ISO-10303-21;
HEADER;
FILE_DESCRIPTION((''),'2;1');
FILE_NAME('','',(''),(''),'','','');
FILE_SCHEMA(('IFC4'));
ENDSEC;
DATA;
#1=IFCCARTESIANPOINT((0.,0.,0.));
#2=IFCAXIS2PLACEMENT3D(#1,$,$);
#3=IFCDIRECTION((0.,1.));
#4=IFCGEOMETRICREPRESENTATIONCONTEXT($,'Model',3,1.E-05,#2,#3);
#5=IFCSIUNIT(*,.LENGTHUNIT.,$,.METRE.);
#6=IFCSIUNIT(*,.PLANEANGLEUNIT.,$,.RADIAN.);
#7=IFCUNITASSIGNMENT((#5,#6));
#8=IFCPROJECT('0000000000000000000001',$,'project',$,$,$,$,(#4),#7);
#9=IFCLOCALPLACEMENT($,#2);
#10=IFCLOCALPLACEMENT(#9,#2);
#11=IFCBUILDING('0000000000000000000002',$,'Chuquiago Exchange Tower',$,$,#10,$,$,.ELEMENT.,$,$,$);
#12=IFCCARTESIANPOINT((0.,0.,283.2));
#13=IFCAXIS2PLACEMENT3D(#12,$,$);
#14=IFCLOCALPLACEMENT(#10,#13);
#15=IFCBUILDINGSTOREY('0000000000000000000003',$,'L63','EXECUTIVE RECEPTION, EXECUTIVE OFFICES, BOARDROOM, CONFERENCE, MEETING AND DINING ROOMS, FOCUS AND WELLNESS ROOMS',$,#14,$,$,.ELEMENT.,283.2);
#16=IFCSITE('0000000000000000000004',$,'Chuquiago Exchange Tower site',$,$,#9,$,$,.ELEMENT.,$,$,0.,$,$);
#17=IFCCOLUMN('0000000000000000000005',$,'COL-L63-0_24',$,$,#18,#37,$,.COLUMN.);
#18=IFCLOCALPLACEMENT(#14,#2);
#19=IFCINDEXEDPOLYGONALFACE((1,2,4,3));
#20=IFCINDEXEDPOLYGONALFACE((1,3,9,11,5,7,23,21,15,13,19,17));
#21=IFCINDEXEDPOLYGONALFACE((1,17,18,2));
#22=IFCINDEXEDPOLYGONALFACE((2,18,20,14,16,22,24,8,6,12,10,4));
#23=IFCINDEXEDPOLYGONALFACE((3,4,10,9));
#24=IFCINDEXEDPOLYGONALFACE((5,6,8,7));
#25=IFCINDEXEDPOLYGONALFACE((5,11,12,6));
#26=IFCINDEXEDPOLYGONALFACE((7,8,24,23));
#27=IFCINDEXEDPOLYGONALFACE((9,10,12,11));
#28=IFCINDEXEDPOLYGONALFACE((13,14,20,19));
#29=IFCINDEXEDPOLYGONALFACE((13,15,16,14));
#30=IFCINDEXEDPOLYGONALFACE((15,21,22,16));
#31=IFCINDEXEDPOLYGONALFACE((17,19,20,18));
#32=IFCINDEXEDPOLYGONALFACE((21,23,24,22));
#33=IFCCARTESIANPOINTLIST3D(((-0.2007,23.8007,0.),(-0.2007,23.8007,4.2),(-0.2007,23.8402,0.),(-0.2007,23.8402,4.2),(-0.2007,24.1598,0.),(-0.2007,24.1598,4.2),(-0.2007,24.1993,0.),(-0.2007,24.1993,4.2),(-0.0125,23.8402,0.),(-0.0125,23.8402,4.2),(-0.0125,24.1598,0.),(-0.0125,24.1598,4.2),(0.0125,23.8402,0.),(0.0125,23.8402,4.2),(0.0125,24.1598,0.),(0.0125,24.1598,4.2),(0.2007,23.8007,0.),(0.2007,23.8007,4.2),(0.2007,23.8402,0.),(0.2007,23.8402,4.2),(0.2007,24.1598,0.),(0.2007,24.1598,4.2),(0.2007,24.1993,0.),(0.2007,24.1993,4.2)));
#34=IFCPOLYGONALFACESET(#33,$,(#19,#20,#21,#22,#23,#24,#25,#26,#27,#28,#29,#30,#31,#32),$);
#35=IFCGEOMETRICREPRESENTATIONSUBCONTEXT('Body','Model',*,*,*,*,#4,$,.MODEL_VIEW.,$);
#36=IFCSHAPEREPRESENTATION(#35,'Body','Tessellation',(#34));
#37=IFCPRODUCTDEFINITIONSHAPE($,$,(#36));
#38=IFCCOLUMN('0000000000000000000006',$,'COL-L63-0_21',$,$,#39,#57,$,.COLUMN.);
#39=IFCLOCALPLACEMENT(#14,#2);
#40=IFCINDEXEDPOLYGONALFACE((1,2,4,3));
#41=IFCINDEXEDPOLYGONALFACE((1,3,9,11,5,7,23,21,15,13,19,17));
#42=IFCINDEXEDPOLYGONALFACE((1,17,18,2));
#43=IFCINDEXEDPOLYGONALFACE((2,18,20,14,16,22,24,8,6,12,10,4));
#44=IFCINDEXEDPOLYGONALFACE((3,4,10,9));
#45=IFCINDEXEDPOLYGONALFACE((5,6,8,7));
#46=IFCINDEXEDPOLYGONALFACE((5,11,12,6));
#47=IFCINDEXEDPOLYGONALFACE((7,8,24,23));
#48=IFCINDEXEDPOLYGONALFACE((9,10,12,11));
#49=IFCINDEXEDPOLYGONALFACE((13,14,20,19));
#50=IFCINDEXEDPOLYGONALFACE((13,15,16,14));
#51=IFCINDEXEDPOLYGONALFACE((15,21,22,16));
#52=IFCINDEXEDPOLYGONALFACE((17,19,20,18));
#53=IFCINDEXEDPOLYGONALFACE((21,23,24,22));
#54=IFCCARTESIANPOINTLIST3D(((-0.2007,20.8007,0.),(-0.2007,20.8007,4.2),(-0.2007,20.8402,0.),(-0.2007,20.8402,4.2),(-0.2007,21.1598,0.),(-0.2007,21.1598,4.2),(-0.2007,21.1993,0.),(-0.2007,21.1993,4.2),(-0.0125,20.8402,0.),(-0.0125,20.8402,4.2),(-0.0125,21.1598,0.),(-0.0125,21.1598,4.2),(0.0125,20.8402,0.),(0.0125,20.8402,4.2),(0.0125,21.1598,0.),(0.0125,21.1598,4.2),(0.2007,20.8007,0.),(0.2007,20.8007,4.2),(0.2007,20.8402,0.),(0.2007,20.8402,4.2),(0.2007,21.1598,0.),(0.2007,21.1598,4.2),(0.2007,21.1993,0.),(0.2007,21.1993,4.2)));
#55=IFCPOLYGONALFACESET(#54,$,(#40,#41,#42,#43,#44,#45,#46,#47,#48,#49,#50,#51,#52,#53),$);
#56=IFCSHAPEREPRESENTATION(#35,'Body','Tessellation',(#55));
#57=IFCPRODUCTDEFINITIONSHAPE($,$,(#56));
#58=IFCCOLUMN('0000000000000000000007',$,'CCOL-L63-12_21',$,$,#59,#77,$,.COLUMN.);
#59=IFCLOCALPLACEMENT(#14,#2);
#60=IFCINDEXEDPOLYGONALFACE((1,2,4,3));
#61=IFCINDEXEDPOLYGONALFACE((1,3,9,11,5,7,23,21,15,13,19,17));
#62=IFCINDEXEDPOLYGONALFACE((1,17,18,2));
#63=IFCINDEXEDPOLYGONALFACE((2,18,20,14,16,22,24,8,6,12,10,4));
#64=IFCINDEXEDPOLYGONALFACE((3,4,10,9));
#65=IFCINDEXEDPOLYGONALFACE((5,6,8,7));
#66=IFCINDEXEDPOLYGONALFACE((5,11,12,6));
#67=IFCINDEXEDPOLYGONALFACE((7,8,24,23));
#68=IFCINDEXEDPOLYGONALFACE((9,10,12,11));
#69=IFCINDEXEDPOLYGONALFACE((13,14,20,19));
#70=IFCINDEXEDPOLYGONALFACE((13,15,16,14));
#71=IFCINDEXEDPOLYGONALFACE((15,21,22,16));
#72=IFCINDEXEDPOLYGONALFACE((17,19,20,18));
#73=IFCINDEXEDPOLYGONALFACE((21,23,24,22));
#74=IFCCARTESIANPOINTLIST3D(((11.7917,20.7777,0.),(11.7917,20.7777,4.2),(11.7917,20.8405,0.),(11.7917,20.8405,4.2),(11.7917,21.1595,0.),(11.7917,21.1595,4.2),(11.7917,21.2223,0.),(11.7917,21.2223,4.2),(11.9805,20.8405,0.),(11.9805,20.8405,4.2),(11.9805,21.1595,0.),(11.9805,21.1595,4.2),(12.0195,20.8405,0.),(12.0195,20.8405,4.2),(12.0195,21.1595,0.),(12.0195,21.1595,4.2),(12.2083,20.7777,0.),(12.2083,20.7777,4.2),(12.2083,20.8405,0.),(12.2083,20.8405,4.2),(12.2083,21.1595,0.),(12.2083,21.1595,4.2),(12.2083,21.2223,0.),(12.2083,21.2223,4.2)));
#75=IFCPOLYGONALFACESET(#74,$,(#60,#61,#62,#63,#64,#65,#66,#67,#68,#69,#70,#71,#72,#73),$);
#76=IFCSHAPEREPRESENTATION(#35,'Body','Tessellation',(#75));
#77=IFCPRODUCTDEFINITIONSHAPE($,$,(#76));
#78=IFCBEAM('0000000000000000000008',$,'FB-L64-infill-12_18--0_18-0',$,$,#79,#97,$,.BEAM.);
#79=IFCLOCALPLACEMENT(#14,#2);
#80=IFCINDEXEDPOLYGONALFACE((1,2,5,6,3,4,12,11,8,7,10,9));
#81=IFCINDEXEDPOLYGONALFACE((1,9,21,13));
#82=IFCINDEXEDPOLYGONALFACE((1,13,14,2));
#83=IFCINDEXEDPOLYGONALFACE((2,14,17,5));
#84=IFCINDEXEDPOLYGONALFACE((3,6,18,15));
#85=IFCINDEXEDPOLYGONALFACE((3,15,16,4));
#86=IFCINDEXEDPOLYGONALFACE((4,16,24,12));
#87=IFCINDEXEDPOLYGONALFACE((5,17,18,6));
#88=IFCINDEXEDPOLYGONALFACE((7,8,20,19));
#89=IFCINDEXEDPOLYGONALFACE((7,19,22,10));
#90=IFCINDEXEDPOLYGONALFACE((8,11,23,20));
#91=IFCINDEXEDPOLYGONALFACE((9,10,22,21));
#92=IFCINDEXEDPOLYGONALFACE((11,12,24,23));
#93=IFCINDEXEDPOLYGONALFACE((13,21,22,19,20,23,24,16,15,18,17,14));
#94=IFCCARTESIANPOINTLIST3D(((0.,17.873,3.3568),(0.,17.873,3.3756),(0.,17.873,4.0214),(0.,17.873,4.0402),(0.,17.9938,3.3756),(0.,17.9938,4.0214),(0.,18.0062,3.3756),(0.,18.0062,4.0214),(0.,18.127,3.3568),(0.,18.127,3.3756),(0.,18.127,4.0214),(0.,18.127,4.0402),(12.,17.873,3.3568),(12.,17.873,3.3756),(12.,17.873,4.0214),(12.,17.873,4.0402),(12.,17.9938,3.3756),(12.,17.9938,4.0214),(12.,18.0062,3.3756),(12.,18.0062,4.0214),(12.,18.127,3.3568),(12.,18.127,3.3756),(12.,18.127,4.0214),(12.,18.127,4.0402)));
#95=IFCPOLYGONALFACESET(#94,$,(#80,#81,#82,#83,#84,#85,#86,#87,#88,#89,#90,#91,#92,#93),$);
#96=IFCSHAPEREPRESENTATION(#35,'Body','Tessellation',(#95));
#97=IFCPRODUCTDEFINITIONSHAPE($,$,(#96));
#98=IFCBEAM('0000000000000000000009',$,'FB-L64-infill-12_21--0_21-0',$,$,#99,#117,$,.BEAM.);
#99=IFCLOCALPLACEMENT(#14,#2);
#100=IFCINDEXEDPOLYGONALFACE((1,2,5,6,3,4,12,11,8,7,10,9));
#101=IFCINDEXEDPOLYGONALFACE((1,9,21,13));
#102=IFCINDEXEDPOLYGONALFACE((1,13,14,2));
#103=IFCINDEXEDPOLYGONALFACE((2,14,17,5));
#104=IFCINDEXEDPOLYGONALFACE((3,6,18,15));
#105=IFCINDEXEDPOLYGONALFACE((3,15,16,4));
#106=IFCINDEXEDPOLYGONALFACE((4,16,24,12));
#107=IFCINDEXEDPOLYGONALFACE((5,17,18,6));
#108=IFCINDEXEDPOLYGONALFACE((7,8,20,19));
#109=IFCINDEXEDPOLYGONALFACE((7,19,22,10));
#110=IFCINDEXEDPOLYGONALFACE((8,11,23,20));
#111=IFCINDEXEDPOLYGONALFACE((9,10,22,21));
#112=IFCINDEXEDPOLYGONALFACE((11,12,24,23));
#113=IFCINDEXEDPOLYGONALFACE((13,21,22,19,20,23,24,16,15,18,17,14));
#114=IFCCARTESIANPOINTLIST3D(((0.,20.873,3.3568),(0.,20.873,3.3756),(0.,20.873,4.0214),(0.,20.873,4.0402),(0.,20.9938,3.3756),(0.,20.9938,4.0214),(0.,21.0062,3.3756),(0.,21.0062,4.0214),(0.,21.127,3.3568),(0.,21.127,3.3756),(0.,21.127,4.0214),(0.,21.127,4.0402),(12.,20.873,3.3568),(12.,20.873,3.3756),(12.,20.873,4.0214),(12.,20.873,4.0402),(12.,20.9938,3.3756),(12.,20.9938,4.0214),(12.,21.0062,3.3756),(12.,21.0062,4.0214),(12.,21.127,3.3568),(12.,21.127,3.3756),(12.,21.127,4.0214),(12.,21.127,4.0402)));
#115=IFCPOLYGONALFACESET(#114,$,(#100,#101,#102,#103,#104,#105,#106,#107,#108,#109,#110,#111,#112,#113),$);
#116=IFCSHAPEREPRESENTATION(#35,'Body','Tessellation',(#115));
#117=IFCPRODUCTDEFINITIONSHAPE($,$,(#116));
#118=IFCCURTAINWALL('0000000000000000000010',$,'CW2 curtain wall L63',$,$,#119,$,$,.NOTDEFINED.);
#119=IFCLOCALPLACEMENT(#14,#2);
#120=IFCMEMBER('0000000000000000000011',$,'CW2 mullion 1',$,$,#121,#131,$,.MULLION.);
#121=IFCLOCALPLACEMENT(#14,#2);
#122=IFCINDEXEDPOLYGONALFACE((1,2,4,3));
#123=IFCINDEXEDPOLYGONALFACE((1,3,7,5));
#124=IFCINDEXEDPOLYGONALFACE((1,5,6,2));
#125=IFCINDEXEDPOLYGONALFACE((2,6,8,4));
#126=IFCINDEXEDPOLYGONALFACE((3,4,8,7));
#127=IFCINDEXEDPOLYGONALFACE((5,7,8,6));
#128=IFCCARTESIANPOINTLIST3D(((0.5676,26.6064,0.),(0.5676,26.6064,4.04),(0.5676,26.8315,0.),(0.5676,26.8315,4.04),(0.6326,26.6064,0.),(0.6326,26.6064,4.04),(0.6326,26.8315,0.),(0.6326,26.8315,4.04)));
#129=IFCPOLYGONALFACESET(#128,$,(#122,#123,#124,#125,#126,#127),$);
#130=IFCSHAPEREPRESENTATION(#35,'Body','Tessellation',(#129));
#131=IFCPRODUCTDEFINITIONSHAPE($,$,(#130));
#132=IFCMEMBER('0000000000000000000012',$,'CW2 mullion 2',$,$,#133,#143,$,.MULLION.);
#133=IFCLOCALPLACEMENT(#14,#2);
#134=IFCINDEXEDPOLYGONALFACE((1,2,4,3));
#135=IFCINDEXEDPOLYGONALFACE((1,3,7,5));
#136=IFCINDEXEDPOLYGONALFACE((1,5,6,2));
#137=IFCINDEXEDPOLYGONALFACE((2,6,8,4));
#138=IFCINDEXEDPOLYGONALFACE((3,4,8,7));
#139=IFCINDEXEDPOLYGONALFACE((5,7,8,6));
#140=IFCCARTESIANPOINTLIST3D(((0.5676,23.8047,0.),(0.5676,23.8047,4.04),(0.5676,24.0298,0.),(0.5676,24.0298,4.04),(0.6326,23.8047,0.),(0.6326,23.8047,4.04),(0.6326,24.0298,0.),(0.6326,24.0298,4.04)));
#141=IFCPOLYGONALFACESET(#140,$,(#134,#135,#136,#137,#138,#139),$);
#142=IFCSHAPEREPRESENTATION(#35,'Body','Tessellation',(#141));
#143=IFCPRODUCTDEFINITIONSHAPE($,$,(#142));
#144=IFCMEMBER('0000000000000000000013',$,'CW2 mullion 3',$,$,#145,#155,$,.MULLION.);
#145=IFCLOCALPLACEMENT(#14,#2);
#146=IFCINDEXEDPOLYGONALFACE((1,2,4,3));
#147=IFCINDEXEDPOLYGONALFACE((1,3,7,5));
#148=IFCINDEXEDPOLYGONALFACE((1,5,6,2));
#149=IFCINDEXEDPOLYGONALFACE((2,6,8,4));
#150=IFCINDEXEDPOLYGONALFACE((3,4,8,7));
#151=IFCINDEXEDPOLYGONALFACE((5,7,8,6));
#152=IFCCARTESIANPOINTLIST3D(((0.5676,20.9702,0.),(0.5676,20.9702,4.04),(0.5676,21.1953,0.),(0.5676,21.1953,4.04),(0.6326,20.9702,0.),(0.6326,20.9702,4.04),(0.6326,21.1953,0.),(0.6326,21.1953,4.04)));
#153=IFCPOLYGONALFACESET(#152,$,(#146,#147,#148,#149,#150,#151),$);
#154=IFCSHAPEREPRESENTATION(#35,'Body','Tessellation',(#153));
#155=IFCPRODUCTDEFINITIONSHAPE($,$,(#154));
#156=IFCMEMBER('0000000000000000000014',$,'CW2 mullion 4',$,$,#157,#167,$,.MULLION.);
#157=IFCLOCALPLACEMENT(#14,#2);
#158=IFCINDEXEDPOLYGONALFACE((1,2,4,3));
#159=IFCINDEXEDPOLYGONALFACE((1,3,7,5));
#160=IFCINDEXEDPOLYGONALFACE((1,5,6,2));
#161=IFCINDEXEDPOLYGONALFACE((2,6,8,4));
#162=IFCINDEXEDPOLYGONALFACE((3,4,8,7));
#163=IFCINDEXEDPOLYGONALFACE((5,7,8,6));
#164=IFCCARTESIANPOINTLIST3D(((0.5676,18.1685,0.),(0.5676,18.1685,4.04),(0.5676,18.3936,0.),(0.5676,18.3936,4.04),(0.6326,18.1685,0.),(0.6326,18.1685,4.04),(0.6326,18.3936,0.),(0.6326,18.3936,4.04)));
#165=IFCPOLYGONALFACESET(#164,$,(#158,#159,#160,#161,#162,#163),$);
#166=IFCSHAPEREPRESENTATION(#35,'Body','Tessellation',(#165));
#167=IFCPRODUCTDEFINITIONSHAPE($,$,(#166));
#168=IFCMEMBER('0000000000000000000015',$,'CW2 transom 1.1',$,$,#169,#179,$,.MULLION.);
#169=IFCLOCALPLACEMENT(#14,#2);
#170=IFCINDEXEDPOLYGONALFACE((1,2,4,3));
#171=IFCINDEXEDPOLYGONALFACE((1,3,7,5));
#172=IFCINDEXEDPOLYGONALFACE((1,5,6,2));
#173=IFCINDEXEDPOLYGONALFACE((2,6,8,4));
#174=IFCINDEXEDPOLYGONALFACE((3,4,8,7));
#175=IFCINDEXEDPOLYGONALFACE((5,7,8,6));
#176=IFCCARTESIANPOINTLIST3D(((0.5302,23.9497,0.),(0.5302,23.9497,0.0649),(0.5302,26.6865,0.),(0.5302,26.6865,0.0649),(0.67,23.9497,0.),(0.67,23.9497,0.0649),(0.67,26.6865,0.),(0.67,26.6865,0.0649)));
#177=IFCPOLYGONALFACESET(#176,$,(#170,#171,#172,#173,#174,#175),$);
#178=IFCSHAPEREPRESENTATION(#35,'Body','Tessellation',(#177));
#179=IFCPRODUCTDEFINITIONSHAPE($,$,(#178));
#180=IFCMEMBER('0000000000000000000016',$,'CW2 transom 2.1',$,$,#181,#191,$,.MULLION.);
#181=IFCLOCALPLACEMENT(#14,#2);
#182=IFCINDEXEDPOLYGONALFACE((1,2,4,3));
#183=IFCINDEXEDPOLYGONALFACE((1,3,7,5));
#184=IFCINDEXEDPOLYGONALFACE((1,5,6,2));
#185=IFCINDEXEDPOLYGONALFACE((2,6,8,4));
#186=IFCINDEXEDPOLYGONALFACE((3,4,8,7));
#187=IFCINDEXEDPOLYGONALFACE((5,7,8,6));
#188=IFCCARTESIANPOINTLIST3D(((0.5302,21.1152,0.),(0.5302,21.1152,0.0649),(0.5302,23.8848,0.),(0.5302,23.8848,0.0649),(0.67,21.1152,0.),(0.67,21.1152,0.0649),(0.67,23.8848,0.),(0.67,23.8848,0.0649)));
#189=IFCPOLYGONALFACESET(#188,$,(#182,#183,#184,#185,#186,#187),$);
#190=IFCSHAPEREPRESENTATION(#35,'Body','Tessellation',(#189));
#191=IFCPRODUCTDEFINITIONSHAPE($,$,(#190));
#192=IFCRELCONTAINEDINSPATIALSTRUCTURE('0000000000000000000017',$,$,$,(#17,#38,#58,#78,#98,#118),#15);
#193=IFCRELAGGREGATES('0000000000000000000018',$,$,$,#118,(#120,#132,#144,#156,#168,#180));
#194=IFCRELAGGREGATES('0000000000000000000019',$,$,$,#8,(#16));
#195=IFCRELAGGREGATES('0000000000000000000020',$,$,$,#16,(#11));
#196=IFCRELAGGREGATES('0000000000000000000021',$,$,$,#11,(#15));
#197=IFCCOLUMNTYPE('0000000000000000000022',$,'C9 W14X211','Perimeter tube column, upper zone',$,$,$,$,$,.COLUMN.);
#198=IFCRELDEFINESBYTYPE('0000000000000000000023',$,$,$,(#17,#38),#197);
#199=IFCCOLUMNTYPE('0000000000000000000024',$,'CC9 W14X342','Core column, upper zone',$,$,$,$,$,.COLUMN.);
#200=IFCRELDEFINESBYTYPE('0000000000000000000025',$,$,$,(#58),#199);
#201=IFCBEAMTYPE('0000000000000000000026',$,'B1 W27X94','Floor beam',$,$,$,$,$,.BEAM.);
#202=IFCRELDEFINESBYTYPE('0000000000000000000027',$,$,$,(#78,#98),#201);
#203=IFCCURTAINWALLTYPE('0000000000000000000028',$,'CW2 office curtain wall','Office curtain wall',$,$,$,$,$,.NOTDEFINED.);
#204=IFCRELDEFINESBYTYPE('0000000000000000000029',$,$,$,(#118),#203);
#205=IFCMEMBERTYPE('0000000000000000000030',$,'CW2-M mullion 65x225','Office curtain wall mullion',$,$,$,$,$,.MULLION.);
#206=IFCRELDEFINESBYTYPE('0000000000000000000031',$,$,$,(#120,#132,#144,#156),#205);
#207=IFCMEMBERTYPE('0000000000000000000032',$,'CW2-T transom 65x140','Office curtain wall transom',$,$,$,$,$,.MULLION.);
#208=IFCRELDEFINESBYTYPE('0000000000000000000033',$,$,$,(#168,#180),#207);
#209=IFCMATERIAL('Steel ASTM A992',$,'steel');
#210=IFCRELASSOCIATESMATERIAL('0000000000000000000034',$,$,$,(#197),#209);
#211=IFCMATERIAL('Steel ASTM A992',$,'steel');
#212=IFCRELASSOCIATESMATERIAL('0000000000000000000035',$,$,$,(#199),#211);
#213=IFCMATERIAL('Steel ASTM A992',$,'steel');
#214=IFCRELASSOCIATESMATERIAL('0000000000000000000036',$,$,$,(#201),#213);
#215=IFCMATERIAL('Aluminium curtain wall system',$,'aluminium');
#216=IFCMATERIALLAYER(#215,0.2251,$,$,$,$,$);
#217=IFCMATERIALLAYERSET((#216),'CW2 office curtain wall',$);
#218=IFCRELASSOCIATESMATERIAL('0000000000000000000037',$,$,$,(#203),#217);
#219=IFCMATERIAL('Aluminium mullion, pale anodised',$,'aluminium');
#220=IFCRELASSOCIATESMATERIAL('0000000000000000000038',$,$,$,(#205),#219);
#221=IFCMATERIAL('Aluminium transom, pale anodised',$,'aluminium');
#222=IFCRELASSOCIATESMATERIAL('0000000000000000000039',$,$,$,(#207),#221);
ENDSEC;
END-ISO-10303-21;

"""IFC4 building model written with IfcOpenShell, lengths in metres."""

from ifc_helpers import new_model, si_unit, direction, frame, origin, origin_2d, place, context, subcontext, project, spatial, rectangle, i_section, extrude, material, layer, layer_set, material_profile, profile_set, type_object, element, aggregate, save


model = new_model("IFC4")

# Units and contexts
model_context = context("Model", 3, precision=1e-05, world=origin(), true_north=direction((0.0, 1.0)))
body_context = subcontext(model_context, "Body", "Model", "MODEL_VIEW")
ifc_project = project(units=[si_unit("LENGTHUNIT", "METRE"), si_unit("PLANEANGLEUNIT", "RADIAN")], contexts=[model_context])

# Site, building, storey
site_placement = place(None, origin())
site = spatial("IfcSite", under=ifc_project, at=site_placement, Name="Chuquiago Exchange Tower site", CompositionType="ELEMENT", RefElevation=0.0)
building_placement = place(site_placement, origin())
building = spatial("IfcBuilding", under=site, at=building_placement, Name="Chuquiago Exchange Tower", CompositionType="ELEMENT")
storey_placement = place(building_placement, frame((0.0, 0.0, 283.2)))
storey = spatial("IfcBuildingStorey", under=building, at=storey_placement, Name="L63", Description="EXECUTIVE RECEPTION, EXECUTIVE OFFICES, BOARDROOM, CONFERENCE, MEETING AND DINING ROOMS, FOCUS AND WELLNESS ROOMS", CompositionType="ELEMENT", Elevation=283.2)

# Columns
ifc_material_1 = material(Name="Steel ASTM A992", Category="steel")
ifc_material_profile_1 = material_profile(ifc_material_1, i_section(OverallWidth=0.4014, OverallDepth=0.3987, WebThickness=0.0249, FlangeThickness=0.0396, at=origin_2d()), Name="W14X211")
ifc_profile_set_1 = profile_set([ifc_material_profile_1], Name="Steel ASTM A992")
column_type_1 = type_object("IfcColumnType", Name="C9 W14X211", Description="Perimeter tube column, upper zone", PredefinedType="COLUMN", material=ifc_profile_set_1)
for number, where, z_axis, x_axis, name in (
    (1, (0.0, 24.0, 0.0), (0.0, 0.0, 1.0), (-1.0, 0.0, 0.0), "COL-L63-0_24"),
    (2, (0.0, 21.0, 0.0), (0.0, 0.0, 1.0), (-1.0, 0.0, 0.0), "COL-L63-0_21"),
):
    element("IfcColumn", number, at=place(storey_placement, frame(where, z_axis=z_axis, x_axis=x_axis)), inside=storey, type_object=column_type_1, Name=name, PredefinedType="COLUMN", context=body_context, shape_type="SweptSolid", body=[
        extrude(i_section(OverallWidth=0.4014, OverallDepth=0.3987, WebThickness=0.0249, FlangeThickness=0.0396, at=origin_2d()), origin(), (0.0, 0.0, 1.0), 4.2),
    ])
ifc_material_2 = material(Name="Steel ASTM A992", Category="steel")
ifc_material_profile_2 = material_profile(ifc_material_2, i_section(OverallWidth=0.4165, OverallDepth=0.4446, WebThickness=0.0391, FlangeThickness=0.0627, at=origin_2d()), Name="W14X342")
ifc_profile_set_2 = profile_set([ifc_material_profile_2], Name="Steel ASTM A992")
column_type_2 = type_object("IfcColumnType", Name="CC9 W14X342", Description="Core column, upper zone", PredefinedType="COLUMN", material=ifc_profile_set_2)
column_placement = place(storey_placement, frame((12.0, 21.0, 0.0), z_axis=(0.0, 0.0, 1.0), x_axis=(1.0, 0.0, 0.0)))
element("IfcColumn", 3, at=column_placement, inside=storey, type_object=column_type_2, Name="CCOL-L63-12_21", PredefinedType="COLUMN", context=body_context, shape_type="SweptSolid", body=[
    extrude(i_section(OverallWidth=0.4165, OverallDepth=0.4446, WebThickness=0.0391, FlangeThickness=0.0627, at=origin_2d()), origin(), (0.0, 0.0, 1.0), 4.2),
])

# Beams
ifc_material_3 = material(Name="Steel ASTM A992", Category="steel")
ifc_material_profile_3 = material_profile(ifc_material_3, i_section(OverallWidth=0.2539, OverallDepth=0.6833, WebThickness=0.0125, FlangeThickness=0.0188, at=origin_2d()), Name="W27X94")
ifc_profile_set_3 = profile_set([ifc_material_profile_3], Name="Steel ASTM A992")
beam_type_1 = type_object("IfcBeamType", Name="B1 W27X94", Description="Floor beam", PredefinedType="BEAM", material=ifc_profile_set_3)
for number, where, z_axis, x_axis, name in (
    (4, (12.0, 18.0, 3.6985), (-1.0, 0.0, 0.0), (0.0, -1.0, 0.0), "FB-L64-infill-12_18--0_18-0"),
    (5, (12.0, 21.0, 3.6985), (-1.0, 0.0, 0.0), (0.0, -1.0, 0.0), "FB-L64-infill-12_21--0_21-0"),
):
    element("IfcBeam", number, at=place(storey_placement, frame(where, z_axis=z_axis, x_axis=x_axis)), inside=storey, type_object=beam_type_1, Name=name, PredefinedType="BEAM", context=body_context, shape_type="SweptSolid", body=[
        extrude(i_section(OverallWidth=0.2539, OverallDepth=0.6833, WebThickness=0.0125, FlangeThickness=0.0188, at=origin_2d()), origin(), (0.0, 0.0, 1.0), 12.0),
    ])

# Curtain wall, members
ifc_material_4 = material(Name="Aluminium curtain wall system", Category="aluminium")
ifc_layer_1 = layer(ifc_material_4, 0.2251)
ifc_layer_set_1 = layer_set([ifc_layer_1], Name="CW2 office curtain wall")
curtain_wall_type_1 = type_object("IfcCurtainWallType", Name="CW2 office curtain wall", Description="Office curtain wall", PredefinedType="NOTDEFINED", material=ifc_layer_set_1)
curtain_wall_1_placement = place(storey_placement, origin())
curtain_wall_1 = element("IfcCurtainWall", 6, at=curtain_wall_1_placement, inside=storey, type_object=curtain_wall_type_1, Name="CW2 curtain wall L63", PredefinedType="NOTDEFINED")
ifc_material_5 = material(Name="Aluminium mullion, pale anodised", Category="aluminium")
ifc_material_profile_4 = material_profile(ifc_material_5, rectangle(XDim=0.0649, YDim=0.2251, at=origin_2d()), Name="AL 65x225")
ifc_profile_set_4 = profile_set([ifc_material_profile_4], Name="Aluminium mullion, pale anodised")
member_type_1 = type_object("IfcMemberType", Name="CW2-M mullion 65x225", Description="Office curtain wall mullion", PredefinedType="MULLION", material=ifc_profile_set_4)
member_1_placement = place(storey_placement, frame((0.6001, 26.719, 0.0), z_axis=(0.0, 0.0, 1.0), x_axis=(1.0, 0.0, 0.0)))
member_1 = element("IfcMember", 7, at=member_1_placement, type_object=member_type_1, Name="CW2 mullion 1", PredefinedType="MULLION", context=body_context, shape_type="SweptSolid", body=[
    extrude(rectangle(XDim=0.0649, YDim=0.2251, at=origin_2d()), origin(), (0.0, 0.0, 1.0), 4.04),
])
member_2_placement = place(storey_placement, frame((0.6001, 23.9172, 0.0), z_axis=(0.0, 0.0, 1.0), x_axis=(1.0, 0.0, 0.0)))
member_2 = element("IfcMember", 8, at=member_2_placement, type_object=member_type_1, Name="CW2 mullion 2", PredefinedType="MULLION", context=body_context, shape_type="SweptSolid", body=[
    extrude(rectangle(XDim=0.0649, YDim=0.2251, at=origin_2d()), origin(), (0.0, 0.0, 1.0), 4.04),
])
member_3_placement = place(storey_placement, frame((0.6001, 21.0828, 0.0), z_axis=(0.0, 0.0, 1.0), x_axis=(1.0, 0.0, 0.0)))
member_3 = element("IfcMember", 9, at=member_3_placement, type_object=member_type_1, Name="CW2 mullion 3", PredefinedType="MULLION", context=body_context, shape_type="SweptSolid", body=[
    extrude(rectangle(XDim=0.0649, YDim=0.2251, at=origin_2d()), origin(), (0.0, 0.0, 1.0), 4.04),
])
member_4_placement = place(storey_placement, frame((0.6001, 18.281, 0.0), z_axis=(0.0, 0.0, 1.0), x_axis=(1.0, 0.0, 0.0)))
member_4 = element("IfcMember", 10, at=member_4_placement, type_object=member_type_1, Name="CW2 mullion 4", PredefinedType="MULLION", context=body_context, shape_type="SweptSolid", body=[
    extrude(rectangle(XDim=0.0649, YDim=0.2251, at=origin_2d()), origin(), (0.0, 0.0, 1.0), 4.04),
])
ifc_material_6 = material(Name="Aluminium transom, pale anodised", Category="aluminium")
ifc_material_profile_5 = material_profile(ifc_material_6, rectangle(XDim=0.1399, YDim=0.0649, at=origin_2d()), Name="AL 140x65")
ifc_profile_set_5 = profile_set([ifc_material_profile_5], Name="Aluminium transom, pale anodised")
member_type_2 = type_object("IfcMemberType", Name="CW2-T transom 65x140", Description="Office curtain wall transom", PredefinedType="MULLION", material=ifc_profile_set_5)
member_5_placement = place(storey_placement, frame((0.6001, 26.6865, 0.0325), z_axis=(0.0, -1.0, 0.0), x_axis=(1.0, 0.0, 0.0)))
member_5 = element("IfcMember", 11, at=member_5_placement, type_object=member_type_2, Name="CW2 transom 1.1", PredefinedType="MULLION", context=body_context, shape_type="SweptSolid", body=[
    extrude(rectangle(XDim=0.1399, YDim=0.0649, at=origin_2d()), origin(), (0.0, 0.0, 1.0), 2.7368),
])
member_6_placement = place(storey_placement, frame((0.6001, 23.8848, 0.0325), z_axis=(0.0, -1.0, 0.0), x_axis=(1.0, 0.0, 0.0)))
member_6 = element("IfcMember", 12, at=member_6_placement, type_object=member_type_2, Name="CW2 transom 2.1", PredefinedType="MULLION", context=body_context, shape_type="SweptSolid", body=[
    extrude(rectangle(XDim=0.1399, YDim=0.0649, at=origin_2d()), origin(), (0.0, 0.0, 1.0), 2.7695),
])

aggregate(curtain_wall_1, [member_1, member_2, member_3, member_4, member_5, member_6])

save(model, "model.ifc")
